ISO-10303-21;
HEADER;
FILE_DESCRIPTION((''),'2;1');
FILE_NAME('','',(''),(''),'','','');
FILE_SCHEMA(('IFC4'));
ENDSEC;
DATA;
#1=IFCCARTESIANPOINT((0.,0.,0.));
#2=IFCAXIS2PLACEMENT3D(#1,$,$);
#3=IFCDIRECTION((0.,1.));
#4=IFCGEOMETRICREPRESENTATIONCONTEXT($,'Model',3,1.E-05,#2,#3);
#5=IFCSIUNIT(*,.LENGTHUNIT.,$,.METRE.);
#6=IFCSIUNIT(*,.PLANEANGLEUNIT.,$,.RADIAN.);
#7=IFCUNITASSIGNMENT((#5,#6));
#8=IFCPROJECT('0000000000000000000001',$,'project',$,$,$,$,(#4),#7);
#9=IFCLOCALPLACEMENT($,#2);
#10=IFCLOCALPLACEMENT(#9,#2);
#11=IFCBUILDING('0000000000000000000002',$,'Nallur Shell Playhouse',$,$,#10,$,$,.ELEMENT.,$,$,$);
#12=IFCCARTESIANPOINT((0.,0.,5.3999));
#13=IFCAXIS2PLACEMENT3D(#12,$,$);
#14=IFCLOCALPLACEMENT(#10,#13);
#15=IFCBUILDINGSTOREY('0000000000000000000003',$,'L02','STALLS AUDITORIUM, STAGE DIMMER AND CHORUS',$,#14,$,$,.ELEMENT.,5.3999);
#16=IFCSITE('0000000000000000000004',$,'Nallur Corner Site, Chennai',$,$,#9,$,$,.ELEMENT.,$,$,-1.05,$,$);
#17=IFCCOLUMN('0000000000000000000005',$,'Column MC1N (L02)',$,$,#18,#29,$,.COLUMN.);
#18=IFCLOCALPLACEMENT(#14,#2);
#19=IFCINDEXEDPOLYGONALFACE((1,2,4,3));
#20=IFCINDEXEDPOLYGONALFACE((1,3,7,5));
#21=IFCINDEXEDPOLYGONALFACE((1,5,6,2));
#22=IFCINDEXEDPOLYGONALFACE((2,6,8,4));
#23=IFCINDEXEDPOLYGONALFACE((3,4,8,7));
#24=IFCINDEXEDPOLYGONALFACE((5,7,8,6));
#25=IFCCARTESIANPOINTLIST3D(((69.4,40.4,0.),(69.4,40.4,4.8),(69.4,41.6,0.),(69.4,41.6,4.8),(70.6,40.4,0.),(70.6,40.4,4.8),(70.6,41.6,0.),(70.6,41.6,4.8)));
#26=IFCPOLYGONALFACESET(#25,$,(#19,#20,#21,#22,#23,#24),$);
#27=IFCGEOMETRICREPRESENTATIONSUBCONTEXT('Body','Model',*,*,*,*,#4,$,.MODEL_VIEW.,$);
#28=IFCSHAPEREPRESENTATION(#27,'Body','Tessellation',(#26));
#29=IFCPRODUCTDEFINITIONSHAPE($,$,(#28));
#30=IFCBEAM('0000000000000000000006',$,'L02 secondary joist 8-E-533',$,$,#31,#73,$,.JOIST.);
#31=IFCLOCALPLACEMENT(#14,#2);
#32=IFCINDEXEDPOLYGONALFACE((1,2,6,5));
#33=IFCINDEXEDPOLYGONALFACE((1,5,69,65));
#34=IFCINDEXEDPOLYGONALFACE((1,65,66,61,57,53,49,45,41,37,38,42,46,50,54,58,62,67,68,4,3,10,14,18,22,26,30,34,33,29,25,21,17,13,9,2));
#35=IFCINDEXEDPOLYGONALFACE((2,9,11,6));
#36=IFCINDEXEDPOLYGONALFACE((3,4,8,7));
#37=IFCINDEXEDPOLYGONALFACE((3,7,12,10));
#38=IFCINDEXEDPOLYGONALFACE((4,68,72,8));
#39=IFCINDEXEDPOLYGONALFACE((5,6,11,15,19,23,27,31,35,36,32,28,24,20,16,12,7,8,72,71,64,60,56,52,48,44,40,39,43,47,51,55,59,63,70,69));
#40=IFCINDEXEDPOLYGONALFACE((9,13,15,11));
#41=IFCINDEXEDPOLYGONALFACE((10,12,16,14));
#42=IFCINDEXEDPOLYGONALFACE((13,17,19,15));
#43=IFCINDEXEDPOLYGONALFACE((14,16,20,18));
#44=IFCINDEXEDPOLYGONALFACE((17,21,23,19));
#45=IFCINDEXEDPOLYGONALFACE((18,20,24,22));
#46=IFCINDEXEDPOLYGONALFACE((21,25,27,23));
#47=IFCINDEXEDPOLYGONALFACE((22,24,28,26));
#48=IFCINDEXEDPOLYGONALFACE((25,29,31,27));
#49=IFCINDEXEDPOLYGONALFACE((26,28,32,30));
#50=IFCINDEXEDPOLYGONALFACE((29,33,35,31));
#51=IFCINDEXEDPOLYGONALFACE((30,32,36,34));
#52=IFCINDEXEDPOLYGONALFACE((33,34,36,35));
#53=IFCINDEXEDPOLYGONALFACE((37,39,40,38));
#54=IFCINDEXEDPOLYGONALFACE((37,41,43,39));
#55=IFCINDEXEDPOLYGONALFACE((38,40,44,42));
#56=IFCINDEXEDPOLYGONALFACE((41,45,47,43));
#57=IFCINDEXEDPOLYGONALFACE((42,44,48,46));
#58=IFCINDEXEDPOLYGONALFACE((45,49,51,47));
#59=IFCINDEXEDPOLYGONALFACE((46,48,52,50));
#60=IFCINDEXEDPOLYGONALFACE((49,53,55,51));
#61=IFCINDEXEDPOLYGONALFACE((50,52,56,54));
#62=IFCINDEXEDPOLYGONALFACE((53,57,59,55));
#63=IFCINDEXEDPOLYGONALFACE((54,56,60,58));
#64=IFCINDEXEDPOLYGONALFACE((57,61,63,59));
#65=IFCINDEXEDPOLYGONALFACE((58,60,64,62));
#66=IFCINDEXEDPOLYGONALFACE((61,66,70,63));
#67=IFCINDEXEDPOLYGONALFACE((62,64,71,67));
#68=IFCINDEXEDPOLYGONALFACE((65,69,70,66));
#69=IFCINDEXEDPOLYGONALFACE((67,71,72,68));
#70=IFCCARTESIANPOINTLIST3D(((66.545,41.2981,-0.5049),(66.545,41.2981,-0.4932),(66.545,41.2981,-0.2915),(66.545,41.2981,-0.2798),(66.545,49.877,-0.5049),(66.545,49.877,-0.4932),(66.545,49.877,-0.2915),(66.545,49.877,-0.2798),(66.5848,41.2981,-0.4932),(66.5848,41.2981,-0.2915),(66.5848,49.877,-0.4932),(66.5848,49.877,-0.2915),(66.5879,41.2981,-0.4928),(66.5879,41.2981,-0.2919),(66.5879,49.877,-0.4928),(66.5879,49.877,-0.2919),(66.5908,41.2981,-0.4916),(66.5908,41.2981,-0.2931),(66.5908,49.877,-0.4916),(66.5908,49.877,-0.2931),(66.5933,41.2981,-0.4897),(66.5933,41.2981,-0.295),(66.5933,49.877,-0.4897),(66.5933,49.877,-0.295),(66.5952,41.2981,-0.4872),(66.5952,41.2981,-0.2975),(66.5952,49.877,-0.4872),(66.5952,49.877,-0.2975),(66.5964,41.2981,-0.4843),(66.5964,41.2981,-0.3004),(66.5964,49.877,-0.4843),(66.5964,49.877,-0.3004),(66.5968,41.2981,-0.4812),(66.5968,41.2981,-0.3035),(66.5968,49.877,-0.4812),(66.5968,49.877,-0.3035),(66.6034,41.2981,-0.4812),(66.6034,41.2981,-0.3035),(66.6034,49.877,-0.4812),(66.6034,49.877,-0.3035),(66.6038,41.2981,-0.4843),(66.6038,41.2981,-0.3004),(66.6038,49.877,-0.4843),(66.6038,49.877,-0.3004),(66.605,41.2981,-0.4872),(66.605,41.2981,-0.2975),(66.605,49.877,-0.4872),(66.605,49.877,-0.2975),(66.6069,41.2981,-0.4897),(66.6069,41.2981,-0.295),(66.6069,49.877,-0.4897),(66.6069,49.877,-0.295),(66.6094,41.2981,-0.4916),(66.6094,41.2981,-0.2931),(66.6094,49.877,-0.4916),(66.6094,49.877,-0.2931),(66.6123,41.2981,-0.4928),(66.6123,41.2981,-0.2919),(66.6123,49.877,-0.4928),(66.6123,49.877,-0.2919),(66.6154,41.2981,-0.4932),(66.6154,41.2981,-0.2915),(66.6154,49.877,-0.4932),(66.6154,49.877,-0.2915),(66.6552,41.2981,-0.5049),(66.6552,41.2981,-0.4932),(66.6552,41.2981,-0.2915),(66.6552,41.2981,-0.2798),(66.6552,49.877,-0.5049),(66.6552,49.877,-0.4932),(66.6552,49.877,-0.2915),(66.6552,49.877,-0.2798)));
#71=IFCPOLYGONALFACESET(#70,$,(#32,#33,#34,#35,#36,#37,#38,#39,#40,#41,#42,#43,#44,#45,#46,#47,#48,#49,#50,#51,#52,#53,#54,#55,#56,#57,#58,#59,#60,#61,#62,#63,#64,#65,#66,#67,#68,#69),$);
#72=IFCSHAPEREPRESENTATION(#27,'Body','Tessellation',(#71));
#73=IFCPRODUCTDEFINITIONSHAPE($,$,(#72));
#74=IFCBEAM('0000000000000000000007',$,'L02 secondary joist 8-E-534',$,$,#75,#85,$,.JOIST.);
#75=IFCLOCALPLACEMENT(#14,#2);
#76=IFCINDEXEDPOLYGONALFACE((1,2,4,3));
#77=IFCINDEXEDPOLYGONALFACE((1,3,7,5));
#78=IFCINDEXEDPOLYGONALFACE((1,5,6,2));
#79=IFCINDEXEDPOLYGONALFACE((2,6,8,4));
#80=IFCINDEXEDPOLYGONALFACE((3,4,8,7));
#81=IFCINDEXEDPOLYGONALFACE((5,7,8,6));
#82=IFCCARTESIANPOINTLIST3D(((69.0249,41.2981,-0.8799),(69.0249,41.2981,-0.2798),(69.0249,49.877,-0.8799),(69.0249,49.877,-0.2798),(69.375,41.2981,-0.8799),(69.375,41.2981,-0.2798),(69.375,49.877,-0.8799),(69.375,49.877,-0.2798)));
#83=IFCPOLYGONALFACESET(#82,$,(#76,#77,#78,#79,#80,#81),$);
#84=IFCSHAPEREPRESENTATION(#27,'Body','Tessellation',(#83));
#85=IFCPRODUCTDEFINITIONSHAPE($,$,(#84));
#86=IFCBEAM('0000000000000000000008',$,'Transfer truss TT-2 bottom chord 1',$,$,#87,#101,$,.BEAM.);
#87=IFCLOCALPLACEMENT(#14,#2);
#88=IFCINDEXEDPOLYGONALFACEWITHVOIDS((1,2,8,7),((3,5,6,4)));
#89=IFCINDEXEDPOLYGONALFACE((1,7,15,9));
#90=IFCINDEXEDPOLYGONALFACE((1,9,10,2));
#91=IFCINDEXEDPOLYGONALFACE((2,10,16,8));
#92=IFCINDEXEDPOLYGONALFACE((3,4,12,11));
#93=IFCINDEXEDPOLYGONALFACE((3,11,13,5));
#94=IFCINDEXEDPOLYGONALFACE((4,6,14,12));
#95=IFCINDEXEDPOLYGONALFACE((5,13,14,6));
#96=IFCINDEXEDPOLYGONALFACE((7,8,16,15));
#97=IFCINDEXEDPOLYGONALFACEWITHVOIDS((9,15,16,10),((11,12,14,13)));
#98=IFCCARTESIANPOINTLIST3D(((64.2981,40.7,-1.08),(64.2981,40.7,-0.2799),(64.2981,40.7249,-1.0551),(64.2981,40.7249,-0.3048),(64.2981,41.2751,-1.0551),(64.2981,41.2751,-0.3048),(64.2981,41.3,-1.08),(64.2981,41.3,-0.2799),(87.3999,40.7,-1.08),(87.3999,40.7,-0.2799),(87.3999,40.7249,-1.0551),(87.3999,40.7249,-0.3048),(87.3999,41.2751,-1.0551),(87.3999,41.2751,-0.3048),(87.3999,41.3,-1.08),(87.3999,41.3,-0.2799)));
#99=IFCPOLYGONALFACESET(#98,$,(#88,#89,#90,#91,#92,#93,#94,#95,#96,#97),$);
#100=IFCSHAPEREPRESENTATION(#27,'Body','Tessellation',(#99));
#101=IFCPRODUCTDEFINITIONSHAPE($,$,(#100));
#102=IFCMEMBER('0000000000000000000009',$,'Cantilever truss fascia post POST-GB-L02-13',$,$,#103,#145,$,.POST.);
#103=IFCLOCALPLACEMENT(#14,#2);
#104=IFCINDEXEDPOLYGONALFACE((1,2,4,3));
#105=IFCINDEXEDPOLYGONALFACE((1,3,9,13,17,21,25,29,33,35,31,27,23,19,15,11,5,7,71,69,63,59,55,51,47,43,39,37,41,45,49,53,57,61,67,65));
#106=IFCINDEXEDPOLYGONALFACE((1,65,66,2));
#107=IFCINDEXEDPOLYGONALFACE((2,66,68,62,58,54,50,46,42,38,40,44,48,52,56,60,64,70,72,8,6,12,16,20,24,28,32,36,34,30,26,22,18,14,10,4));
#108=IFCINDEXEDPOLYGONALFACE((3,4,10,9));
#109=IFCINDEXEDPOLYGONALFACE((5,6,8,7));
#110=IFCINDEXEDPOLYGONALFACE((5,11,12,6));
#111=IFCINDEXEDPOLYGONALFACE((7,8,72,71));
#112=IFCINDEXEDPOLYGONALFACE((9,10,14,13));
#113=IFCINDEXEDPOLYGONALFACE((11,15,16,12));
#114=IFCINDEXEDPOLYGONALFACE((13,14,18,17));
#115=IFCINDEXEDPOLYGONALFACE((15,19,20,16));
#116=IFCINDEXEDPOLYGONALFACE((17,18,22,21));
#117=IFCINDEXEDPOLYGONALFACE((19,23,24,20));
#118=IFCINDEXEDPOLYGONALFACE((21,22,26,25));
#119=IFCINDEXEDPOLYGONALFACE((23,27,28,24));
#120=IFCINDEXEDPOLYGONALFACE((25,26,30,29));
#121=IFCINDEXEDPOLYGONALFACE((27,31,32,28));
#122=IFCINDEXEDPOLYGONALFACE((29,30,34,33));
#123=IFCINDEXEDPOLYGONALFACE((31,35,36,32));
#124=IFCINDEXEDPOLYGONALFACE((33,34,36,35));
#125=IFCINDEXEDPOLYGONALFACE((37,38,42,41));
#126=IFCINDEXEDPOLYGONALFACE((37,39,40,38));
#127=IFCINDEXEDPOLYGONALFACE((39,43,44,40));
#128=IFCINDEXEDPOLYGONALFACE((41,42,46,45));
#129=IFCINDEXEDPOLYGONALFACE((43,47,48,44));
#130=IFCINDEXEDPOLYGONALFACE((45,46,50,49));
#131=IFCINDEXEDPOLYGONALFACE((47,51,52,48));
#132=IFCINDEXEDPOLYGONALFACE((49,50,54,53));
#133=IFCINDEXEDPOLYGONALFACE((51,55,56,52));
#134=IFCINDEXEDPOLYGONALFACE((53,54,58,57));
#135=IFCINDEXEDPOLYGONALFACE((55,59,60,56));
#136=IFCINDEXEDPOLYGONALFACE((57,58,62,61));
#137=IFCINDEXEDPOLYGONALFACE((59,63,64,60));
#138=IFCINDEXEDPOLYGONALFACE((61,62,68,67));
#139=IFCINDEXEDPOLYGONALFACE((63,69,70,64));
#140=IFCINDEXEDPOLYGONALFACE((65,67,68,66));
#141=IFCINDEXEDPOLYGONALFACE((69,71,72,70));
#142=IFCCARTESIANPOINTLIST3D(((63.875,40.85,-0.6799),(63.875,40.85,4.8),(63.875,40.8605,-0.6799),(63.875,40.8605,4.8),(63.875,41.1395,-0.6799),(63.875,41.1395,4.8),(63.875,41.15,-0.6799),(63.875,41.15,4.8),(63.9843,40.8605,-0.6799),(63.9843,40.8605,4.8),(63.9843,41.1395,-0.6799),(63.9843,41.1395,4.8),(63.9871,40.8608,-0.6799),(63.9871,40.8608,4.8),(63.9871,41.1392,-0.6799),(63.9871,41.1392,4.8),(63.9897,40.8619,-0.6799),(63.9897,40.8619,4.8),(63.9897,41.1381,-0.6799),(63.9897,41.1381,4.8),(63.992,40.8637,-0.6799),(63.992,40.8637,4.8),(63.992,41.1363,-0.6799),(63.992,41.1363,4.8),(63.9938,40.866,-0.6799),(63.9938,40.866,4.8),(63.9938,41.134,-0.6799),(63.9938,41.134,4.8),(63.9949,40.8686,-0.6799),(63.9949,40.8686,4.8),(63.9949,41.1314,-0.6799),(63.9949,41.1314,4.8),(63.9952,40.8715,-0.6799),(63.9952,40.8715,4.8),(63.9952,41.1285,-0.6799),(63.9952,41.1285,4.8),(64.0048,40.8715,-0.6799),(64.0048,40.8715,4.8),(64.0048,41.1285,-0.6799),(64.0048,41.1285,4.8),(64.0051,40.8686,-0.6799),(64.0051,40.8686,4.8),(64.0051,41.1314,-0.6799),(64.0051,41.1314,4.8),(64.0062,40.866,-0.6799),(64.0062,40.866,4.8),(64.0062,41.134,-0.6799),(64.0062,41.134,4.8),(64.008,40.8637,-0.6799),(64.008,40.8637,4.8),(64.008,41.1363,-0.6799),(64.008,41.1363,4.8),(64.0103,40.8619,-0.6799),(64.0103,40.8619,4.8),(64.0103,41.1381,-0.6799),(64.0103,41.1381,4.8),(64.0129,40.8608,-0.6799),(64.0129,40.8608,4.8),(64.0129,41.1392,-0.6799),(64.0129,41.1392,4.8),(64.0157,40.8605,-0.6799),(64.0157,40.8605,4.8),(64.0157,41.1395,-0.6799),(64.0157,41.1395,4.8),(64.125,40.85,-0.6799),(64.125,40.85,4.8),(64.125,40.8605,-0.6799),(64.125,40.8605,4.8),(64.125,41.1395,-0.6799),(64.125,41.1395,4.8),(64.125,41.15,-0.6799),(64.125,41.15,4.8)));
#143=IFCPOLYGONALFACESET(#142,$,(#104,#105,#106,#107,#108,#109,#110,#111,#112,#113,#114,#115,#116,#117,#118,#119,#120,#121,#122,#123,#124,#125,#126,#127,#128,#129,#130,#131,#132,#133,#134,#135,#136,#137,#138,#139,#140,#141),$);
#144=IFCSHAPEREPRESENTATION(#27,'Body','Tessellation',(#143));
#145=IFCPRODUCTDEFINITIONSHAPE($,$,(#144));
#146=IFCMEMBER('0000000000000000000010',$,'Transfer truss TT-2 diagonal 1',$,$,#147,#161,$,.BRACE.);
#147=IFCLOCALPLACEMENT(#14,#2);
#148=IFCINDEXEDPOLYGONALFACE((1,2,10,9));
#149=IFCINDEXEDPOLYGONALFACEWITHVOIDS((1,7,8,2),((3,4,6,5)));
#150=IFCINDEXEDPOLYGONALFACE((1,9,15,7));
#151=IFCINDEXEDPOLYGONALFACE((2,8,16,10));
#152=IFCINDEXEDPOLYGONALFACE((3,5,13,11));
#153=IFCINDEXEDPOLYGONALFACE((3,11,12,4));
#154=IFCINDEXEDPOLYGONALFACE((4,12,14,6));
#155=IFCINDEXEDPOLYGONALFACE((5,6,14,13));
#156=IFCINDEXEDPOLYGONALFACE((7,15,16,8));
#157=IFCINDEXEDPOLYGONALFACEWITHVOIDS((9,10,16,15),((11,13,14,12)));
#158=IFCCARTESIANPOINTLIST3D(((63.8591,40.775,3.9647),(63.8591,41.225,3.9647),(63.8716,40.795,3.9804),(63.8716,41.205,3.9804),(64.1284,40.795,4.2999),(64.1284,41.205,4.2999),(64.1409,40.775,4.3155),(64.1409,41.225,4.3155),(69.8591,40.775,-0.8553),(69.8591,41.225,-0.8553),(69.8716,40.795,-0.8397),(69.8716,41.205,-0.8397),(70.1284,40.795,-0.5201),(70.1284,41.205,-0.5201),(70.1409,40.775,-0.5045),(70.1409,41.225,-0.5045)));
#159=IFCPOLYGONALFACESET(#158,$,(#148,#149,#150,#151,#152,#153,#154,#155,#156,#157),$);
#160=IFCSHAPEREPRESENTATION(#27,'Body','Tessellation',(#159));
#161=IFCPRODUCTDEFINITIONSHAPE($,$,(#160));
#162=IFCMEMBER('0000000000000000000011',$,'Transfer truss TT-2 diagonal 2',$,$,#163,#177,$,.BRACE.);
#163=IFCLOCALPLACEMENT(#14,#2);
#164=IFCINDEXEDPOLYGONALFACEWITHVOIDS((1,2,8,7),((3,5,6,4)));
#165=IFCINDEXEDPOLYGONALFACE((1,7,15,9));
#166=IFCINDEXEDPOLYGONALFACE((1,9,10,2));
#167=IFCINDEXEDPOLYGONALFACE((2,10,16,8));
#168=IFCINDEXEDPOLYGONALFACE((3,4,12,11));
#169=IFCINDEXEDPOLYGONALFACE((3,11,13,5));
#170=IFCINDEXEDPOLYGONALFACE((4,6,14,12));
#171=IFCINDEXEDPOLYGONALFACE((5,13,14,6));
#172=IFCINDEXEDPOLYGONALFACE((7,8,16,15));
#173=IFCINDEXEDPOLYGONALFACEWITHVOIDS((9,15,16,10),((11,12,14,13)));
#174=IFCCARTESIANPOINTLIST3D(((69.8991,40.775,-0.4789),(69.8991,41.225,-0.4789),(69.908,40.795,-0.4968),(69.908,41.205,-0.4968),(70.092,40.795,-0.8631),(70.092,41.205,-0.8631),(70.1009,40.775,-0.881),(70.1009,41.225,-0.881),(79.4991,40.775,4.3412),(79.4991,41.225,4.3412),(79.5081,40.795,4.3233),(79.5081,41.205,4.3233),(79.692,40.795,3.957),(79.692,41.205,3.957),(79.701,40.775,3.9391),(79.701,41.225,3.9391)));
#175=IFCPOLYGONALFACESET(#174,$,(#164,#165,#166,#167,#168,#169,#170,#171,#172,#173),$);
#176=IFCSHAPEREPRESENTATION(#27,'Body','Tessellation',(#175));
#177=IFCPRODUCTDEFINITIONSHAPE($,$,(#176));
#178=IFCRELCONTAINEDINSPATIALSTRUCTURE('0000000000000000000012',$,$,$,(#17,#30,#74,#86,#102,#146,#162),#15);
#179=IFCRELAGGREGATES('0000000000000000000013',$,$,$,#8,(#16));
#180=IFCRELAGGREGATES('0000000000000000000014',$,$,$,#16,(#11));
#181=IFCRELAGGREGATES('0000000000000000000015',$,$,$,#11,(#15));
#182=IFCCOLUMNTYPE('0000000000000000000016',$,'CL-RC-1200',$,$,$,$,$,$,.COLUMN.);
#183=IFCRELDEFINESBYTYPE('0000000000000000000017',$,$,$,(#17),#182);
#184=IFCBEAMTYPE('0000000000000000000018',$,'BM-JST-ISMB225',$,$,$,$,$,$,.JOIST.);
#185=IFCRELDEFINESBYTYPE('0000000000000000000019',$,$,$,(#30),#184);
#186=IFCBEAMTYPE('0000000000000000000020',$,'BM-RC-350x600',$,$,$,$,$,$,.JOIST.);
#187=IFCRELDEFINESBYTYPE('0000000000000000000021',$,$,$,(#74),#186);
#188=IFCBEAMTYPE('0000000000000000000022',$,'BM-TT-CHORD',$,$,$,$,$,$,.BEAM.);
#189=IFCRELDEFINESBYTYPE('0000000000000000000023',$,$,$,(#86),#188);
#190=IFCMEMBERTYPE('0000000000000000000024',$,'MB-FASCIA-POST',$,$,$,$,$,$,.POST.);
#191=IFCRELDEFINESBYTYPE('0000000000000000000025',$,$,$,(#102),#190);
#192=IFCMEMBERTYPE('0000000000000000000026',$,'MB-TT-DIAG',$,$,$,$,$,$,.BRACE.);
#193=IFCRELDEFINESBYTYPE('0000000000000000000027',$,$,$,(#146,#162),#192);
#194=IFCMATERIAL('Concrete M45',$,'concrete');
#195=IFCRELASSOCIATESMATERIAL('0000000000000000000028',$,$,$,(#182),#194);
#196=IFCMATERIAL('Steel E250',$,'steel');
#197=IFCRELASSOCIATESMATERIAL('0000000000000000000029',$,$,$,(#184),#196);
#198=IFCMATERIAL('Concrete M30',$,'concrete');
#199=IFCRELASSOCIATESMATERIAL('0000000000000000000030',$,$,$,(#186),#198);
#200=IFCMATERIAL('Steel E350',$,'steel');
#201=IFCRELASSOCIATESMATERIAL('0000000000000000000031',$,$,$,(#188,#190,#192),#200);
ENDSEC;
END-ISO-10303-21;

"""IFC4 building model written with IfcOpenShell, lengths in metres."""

from ifc_helpers import new_model, si_unit, direction, frame, origin, origin_2d, place, context, subcontext, project, spatial, rectangle, hollow_rectangle, i_section, extrude, material, material_profile, profile_set, type_object, element, save


model = new_model("IFC4")

# Units and contexts
model_context = context("Model", 3, precision=1e-05, world=origin(), true_north=direction((0.0, 1.0)))
body_context = subcontext(model_context, "Body", "Model", "MODEL_VIEW")
ifc_project = project(units=[si_unit("LENGTHUNIT", "METRE"), si_unit("PLANEANGLEUNIT", "RADIAN")], contexts=[model_context])

# Site, building, storey
site_placement = place(None, origin())
site = spatial("IfcSite", under=ifc_project, at=site_placement, Name="Nallur Corner Site, Chennai", CompositionType="ELEMENT", RefElevation=-1.05)
building_placement = place(site_placement, origin())
building = spatial("IfcBuilding", under=site, at=building_placement, Name="Nallur Shell Playhouse", CompositionType="ELEMENT")
storey_placement = place(building_placement, frame((0.0, 0.0, 5.3999)))
storey = spatial("IfcBuildingStorey", under=building, at=storey_placement, Name="L02", Description="STALLS AUDITORIUM, STAGE DIMMER AND CHORUS", CompositionType="ELEMENT", Elevation=5.3999)

# Column
ifc_material_1 = material(Name="Concrete M45", Category="concrete")
ifc_material_profile_1 = material_profile(ifc_material_1, rectangle(XDim=1.2, YDim=1.2, at=origin_2d()), Name="RC 1200x1200")
ifc_profile_set_1 = profile_set([ifc_material_profile_1], Name="Concrete M45")
column_type = type_object("IfcColumnType", Name="CL-RC-1200", PredefinedType="COLUMN", material=ifc_profile_set_1)
column_placement = place(storey_placement, frame((70.0, 41.0, 0.0), z_axis=(0.0, 0.0, 1.0), x_axis=(1.0, 0.0, 0.0)))
element("IfcColumn", 1, at=column_placement, inside=storey, type_object=column_type, Name="Column MC1N (L02)", PredefinedType="COLUMN", context=body_context, shape_type="SweptSolid", body=[
    extrude(rectangle(XDim=1.2, YDim=1.2, at=origin_2d()), origin(), (0.0, 0.0, 1.0), 4.8),
])

# Beams
ifc_material_2 = material(Name="Steel E250", Category="steel")
ifc_material_profile_2 = material_profile(ifc_material_2, i_section(OverallWidth=0.1101, OverallDepth=0.2251, WebThickness=0.0066, FlangeThickness=0.0117, FilletRadius=0.012, at=origin_2d()), Name="ISMB 225")
ifc_profile_set_2 = profile_set([ifc_material_profile_2], Name="Steel E250")
beam_type_1 = type_object("IfcBeamType", Name="BM-JST-ISMB225", PredefinedType="JOIST", material=ifc_profile_set_2)
beam_1_placement = place(storey_placement, frame((66.6001, 41.2981, -0.3923), z_axis=(0.0, 1.0, 0.0), x_axis=(-1.0, 0.0, 0.0)))
element("IfcBeam", 2, at=beam_1_placement, inside=storey, type_object=beam_type_1, Name="L02 secondary joist 8-E-533", PredefinedType="JOIST", context=body_context, shape_type="SweptSolid", body=[
    extrude(i_section(OverallWidth=0.1101, OverallDepth=0.2251, WebThickness=0.0066, FlangeThickness=0.0117, FilletRadius=0.012, at=origin_2d()), origin(), (0.0, 0.0, 1.0), 8.5789),
])
ifc_material_3 = material(Name="Concrete M30", Category="concrete")
ifc_material_profile_3 = material_profile(ifc_material_3, rectangle(XDim=0.3501, YDim=0.6001, at=origin_2d()), Name="RC 350x600")
ifc_profile_set_3 = profile_set([ifc_material_profile_3], Name="Concrete M30")
beam_type_2 = type_object("IfcBeamType", Name="BM-RC-350x600", PredefinedType="JOIST", material=ifc_profile_set_3)
beam_2_placement = place(storey_placement, frame((69.2, 41.2981, -0.5798), z_axis=(0.0, 1.0, 0.0), x_axis=(-1.0, 0.0, 0.0)))
element("IfcBeam", 3, at=beam_2_placement, inside=storey, type_object=beam_type_2, Name="L02 secondary joist 8-E-534", PredefinedType="JOIST", context=body_context, shape_type="SweptSolid", body=[
    extrude(rectangle(XDim=0.3501, YDim=0.6001, at=origin_2d()), origin(), (0.0, 0.0, 1.0), 8.5789),
])
ifc_material_4 = material(Name="Steel E350", Category="steel")
ifc_material_profile_4 = material_profile(ifc_material_4, hollow_rectangle(XDim=0.6001, YDim=0.8, WallThickness=0.0249, at=origin_2d()), Name="BOX 600x800x25")
ifc_profile_set_4 = profile_set([ifc_material_profile_4], Name="Steel E350")
beam_type_3 = type_object("IfcBeamType", Name="BM-TT-CHORD", PredefinedType="BEAM", material=ifc_profile_set_4)
beam_3_placement = place(storey_placement, frame((64.2981, 41.0, -0.6799), z_axis=(1.0, 0.0, 0.0), x_axis=(0.0, 1.0, 0.0)))
element("IfcBeam", 4, at=beam_3_placement, inside=storey, type_object=beam_type_3, Name="Transfer truss TT-2 bottom chord 1", PredefinedType="BEAM", context=body_context, shape_type="SweptSolid", body=[
    extrude(hollow_rectangle(XDim=0.6001, YDim=0.8, WallThickness=0.0249, at=origin_2d()), origin(), (0.0, 0.0, 1.0), 23.1018),
])

# Members
ifc_material_profile_5 = material_profile(ifc_material_4, i_section(OverallWidth=0.25, OverallDepth=0.3, WebThickness=0.0095, FlangeThickness=0.0105, FilletRadius=0.011, at=origin_2d()), Name="ISHB 300")
ifc_profile_set_5 = profile_set([ifc_material_profile_5], Name="Steel E350")
member_type_1 = type_object("IfcMemberType", Name="MB-FASCIA-POST", PredefinedType="POST", material=ifc_profile_set_5)
member_1_placement = place(storey_placement, frame((64.0, 41.0, -0.6799), z_axis=(0.0, 0.0, 1.0), x_axis=(1.0, 0.0, 0.0)))
element("IfcMember", 5, at=member_1_placement, inside=storey, type_object=member_type_1, Name="Cantilever truss fascia post POST-GB-L02-13", PredefinedType="POST", context=body_context, shape_type="SweptSolid", body=[
    extrude(i_section(OverallWidth=0.25, OverallDepth=0.3, WebThickness=0.0095, FlangeThickness=0.0105, FilletRadius=0.011, at=origin_2d()), origin(), (0.0, 0.0, 1.0), 5.48),
])
ifc_material_profile_6 = material_profile(ifc_material_4, hollow_rectangle(XDim=0.45, YDim=0.45, WallThickness=0.02, at=origin_2d()), Name="BOX 450x450x20")
ifc_profile_set_6 = profile_set([ifc_material_profile_6], Name="Steel E350")
member_type_2 = type_object("IfcMemberType", Name="MB-TT-DIAG", PredefinedType="BRACE", material=ifc_profile_set_6)
member_2_placement = place(storey_placement, frame((64.0, 41.0, 4.1401), z_axis=(0.779595, 0.0, -0.626284), x_axis=(0.0, 1.0, 0.0)))
element("IfcMember", 6, at=member_2_placement, inside=storey, type_object=member_type_2, Name="Transfer truss TT-2 diagonal 1", PredefinedType="BRACE", context=body_context, shape_type="SweptSolid", body=[
    extrude(hollow_rectangle(XDim=0.45, YDim=0.45, WallThickness=0.02, at=origin_2d()), origin(), (0.0, 0.0, 1.0), 7.6963),
])
member_3_placement = place(storey_placement, frame((70.0, 41.0, -0.6799), z_axis=(0.89368, 0.0, 0.448704), x_axis=(0.0, 1.0, 0.0)))
element("IfcMember", 7, at=member_3_placement, inside=storey, type_object=member_type_2, Name="Transfer truss TT-2 diagonal 2", PredefinedType="BRACE", context=body_context, shape_type="SweptSolid", body=[
    extrude(hollow_rectangle(XDim=0.45, YDim=0.45, WallThickness=0.02, at=origin_2d()), origin(), (0.0, 0.0, 1.0), 10.7422),
])

save(model, "model.ifc")
